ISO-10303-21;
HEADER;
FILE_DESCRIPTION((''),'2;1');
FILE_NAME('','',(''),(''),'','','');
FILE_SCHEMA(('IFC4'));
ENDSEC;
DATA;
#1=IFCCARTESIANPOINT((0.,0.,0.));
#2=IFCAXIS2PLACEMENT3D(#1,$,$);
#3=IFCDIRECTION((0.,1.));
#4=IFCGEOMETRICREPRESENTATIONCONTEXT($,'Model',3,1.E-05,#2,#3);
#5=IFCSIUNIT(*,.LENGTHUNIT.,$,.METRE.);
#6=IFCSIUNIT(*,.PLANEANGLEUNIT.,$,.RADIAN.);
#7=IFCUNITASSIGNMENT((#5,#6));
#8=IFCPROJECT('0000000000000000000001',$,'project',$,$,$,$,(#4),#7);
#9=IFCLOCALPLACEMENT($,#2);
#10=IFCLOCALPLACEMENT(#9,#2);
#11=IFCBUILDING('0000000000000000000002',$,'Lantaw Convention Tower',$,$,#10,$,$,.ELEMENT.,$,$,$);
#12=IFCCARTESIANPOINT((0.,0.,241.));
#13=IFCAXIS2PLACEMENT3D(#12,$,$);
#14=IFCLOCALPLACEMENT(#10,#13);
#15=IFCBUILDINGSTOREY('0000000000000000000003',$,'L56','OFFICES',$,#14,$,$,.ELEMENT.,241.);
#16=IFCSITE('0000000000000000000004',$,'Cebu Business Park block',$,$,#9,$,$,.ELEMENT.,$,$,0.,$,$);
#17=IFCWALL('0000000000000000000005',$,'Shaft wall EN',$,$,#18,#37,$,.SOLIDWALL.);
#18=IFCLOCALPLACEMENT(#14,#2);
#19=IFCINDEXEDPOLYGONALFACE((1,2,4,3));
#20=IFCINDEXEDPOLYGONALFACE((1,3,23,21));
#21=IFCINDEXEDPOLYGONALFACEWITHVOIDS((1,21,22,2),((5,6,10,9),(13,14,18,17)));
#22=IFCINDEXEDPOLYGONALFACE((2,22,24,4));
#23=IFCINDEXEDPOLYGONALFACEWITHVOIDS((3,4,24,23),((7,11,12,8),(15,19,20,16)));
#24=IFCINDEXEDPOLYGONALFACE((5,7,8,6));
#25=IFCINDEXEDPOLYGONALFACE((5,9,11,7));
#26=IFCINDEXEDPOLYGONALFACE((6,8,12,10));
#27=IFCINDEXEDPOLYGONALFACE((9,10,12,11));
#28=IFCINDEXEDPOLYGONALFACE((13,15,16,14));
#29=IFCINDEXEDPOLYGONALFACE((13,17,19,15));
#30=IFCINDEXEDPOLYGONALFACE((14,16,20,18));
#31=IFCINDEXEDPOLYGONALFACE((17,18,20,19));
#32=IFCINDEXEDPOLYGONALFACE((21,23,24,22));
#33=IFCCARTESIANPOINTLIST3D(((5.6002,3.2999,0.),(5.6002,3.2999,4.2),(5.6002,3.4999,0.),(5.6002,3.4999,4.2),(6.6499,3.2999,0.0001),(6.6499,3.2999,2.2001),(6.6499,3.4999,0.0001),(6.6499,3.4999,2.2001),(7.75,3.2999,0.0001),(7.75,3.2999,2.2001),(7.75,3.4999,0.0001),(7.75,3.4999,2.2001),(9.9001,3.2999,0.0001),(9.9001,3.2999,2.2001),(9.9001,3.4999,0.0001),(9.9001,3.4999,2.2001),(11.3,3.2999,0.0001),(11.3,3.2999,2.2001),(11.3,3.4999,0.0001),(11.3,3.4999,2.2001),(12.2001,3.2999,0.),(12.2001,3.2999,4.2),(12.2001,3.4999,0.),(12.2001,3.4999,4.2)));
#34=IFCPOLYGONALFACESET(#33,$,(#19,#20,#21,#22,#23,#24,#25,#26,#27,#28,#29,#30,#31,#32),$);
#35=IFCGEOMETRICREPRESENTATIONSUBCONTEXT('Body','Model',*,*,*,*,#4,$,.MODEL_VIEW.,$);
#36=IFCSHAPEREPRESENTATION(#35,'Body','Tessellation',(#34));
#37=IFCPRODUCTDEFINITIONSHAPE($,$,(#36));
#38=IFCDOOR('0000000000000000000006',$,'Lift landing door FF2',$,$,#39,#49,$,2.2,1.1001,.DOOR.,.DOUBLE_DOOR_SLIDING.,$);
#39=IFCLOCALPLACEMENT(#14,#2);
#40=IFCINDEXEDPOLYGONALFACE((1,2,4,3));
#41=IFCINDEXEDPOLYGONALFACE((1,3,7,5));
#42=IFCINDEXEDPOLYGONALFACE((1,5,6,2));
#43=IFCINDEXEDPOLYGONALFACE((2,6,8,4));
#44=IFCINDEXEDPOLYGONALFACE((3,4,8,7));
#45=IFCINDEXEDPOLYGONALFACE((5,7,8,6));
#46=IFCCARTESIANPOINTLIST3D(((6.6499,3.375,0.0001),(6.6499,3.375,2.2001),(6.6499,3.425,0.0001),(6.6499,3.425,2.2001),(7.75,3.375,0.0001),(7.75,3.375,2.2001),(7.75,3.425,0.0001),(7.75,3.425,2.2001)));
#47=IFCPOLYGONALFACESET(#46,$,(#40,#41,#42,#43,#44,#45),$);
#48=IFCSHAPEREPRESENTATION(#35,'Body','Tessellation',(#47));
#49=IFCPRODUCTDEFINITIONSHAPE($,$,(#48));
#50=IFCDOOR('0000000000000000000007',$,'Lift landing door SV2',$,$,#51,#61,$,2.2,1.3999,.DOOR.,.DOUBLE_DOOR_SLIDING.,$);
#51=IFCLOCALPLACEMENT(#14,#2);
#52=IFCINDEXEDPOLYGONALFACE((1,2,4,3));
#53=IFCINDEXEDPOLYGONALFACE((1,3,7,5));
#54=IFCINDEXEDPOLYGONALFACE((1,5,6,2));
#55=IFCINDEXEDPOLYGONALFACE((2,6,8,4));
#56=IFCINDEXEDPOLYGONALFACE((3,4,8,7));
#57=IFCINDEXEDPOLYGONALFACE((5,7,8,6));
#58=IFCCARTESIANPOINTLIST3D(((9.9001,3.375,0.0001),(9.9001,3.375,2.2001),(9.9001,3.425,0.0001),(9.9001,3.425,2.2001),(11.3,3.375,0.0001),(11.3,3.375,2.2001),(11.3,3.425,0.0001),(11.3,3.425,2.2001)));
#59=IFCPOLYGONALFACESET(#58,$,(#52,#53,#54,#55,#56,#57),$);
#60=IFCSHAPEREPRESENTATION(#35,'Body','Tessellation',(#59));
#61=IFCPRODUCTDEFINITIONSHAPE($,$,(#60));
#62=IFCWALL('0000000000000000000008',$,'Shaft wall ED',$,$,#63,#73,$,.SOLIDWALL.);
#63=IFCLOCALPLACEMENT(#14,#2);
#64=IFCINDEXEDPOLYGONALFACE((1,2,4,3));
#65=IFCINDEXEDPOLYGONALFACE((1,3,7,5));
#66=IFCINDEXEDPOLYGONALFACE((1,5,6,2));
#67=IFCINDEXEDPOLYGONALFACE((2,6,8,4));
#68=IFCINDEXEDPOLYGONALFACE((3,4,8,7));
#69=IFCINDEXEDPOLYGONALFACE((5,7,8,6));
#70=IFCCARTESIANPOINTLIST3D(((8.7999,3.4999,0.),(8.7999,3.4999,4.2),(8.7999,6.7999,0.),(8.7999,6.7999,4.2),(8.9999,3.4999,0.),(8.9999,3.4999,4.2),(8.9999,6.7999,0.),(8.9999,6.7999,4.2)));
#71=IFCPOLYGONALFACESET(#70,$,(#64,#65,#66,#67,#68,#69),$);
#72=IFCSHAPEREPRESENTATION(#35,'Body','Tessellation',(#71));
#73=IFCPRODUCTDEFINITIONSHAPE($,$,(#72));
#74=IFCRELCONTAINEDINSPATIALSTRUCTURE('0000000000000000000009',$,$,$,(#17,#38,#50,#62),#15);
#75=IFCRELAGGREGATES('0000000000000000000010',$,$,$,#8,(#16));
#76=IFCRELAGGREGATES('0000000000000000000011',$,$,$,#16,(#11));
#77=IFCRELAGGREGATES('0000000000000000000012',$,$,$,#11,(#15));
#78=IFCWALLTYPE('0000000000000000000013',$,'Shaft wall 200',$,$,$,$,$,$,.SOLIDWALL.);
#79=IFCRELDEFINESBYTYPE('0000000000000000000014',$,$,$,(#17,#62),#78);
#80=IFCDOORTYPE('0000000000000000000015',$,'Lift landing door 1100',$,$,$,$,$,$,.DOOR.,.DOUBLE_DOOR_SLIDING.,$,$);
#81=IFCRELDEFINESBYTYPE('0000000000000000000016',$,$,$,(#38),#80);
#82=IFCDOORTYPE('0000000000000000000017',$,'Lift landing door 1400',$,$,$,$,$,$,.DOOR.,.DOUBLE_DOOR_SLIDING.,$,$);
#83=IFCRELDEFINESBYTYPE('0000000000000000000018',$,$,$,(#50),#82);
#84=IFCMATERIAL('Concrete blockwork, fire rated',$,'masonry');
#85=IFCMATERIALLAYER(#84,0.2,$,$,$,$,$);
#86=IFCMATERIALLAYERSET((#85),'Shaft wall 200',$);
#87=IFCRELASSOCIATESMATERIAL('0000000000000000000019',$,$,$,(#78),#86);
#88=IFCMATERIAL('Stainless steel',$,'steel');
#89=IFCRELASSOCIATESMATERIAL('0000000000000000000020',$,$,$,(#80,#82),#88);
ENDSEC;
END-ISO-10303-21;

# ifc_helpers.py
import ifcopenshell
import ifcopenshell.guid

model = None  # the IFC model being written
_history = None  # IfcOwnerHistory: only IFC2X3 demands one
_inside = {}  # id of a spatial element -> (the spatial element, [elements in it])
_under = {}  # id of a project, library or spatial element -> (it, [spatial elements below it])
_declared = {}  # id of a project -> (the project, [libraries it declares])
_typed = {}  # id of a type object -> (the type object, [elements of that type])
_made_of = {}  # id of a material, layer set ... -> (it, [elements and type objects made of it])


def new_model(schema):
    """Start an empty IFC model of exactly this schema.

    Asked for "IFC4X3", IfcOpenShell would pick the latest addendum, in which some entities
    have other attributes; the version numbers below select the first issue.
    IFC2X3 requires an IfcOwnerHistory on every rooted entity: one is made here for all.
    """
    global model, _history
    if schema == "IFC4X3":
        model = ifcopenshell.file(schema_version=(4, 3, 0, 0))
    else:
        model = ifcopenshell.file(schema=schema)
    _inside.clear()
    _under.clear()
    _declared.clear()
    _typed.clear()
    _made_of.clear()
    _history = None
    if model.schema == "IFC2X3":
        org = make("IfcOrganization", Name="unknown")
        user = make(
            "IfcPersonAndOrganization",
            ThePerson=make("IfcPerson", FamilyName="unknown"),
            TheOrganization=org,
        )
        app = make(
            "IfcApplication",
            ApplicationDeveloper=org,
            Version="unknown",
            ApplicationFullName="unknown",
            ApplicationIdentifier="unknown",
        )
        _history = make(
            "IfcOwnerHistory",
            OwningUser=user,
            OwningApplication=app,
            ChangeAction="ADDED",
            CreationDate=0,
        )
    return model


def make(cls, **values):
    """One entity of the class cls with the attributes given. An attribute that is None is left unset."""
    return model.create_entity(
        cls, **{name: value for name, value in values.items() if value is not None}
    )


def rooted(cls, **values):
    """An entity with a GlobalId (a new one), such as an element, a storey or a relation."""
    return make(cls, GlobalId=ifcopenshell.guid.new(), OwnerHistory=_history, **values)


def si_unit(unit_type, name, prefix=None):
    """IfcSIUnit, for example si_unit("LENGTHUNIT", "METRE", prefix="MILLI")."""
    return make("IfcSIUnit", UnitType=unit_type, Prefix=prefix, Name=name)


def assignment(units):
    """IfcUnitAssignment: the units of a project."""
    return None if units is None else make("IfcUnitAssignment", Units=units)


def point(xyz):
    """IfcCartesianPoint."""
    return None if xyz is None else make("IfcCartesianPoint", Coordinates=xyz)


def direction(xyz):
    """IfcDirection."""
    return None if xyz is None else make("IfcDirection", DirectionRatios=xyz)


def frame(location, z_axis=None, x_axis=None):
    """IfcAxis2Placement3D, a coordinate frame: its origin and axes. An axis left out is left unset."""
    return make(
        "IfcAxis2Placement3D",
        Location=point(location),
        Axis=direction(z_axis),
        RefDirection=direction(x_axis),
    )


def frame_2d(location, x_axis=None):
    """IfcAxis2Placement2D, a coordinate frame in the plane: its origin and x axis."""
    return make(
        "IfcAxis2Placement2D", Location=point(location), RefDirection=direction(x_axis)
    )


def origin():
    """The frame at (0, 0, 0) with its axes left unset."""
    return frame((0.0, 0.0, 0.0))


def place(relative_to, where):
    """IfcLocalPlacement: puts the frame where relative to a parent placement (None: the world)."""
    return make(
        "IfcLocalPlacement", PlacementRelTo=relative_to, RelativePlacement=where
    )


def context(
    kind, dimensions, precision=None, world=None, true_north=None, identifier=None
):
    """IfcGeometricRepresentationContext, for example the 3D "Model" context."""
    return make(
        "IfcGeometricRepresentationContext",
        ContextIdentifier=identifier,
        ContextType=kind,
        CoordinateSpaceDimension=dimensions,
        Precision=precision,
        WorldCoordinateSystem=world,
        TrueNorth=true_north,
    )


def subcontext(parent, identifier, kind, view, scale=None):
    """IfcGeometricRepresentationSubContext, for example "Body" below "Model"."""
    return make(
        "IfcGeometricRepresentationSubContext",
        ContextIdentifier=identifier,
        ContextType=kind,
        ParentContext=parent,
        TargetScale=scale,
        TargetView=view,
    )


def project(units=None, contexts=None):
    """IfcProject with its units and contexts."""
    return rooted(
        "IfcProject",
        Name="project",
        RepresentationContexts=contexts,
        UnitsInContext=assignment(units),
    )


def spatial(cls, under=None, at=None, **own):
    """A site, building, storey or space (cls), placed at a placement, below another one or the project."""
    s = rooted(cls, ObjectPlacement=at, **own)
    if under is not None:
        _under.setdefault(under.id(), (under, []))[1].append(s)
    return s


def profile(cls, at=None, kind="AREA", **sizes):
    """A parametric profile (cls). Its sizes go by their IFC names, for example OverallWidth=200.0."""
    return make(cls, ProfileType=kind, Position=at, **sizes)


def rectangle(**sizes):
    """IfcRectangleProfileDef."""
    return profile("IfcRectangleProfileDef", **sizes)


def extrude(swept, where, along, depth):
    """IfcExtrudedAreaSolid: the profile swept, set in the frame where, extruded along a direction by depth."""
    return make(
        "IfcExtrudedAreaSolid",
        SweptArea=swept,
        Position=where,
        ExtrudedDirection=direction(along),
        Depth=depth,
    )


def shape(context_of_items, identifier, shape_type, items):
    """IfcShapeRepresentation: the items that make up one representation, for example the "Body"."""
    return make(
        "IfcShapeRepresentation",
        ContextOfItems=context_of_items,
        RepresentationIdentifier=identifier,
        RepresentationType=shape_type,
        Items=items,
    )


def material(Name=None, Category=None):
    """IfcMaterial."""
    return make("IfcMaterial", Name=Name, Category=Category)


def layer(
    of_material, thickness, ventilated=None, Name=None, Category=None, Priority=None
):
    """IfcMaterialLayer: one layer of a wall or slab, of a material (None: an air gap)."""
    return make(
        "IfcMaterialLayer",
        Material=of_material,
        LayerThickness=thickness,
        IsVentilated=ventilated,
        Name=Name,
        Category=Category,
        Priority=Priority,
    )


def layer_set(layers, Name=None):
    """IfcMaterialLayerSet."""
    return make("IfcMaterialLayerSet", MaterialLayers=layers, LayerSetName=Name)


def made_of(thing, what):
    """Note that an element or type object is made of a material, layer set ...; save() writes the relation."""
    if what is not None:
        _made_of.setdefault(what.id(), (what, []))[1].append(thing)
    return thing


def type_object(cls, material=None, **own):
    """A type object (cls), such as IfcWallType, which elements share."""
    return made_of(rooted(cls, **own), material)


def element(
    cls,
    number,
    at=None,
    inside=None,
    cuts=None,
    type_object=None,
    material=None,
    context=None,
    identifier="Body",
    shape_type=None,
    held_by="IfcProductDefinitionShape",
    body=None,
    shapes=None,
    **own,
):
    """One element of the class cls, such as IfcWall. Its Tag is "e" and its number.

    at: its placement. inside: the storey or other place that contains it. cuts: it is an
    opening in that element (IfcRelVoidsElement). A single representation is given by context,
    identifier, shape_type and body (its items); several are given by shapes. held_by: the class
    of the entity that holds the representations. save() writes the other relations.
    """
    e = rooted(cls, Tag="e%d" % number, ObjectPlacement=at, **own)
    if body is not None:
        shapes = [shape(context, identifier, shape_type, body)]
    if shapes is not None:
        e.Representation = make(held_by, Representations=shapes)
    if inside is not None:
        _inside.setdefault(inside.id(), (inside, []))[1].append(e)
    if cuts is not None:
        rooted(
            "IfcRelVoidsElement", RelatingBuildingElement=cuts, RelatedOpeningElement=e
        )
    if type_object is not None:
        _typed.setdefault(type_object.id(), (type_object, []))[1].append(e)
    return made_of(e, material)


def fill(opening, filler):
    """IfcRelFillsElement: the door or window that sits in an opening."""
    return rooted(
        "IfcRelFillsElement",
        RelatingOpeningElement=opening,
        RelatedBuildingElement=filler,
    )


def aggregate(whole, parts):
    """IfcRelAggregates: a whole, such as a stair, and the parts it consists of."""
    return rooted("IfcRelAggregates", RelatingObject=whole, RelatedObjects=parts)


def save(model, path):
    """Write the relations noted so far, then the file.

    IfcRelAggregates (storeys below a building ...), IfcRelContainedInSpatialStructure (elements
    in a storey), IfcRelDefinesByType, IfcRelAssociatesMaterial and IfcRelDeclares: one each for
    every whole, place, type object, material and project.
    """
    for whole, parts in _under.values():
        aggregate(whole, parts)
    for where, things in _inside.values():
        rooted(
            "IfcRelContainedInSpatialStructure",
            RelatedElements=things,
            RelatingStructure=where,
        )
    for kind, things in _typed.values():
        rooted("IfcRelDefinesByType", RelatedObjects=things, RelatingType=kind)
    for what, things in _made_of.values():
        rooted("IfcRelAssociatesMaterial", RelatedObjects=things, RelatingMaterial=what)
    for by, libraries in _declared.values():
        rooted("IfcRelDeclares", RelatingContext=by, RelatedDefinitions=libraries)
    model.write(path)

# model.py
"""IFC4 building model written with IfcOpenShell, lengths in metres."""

from ifc_helpers import new_model, si_unit, direction, frame, frame_2d, origin, place, context, subcontext, project, spatial, rectangle, extrude, material, layer, layer_set, type_object, element, fill, save


model = new_model("IFC4")

# Units and contexts
model_context = context("Model", 3, precision=1e-05, world=origin(), true_north=direction((0.0, 1.0)))
body_context = subcontext(model_context, "Body", "Model", "MODEL_VIEW")
ifc_project = project(units=[si_unit("LENGTHUNIT", "METRE"), si_unit("PLANEANGLEUNIT", "RADIAN")], contexts=[model_context])

# Site, building, storey
site_placement = place(None, origin())
site = spatial("IfcSite", under=ifc_project, at=site_placement, Name="Cebu Business Park block", CompositionType="ELEMENT", RefElevation=0.0)
building_placement = place(site_placement, origin())
building = spatial("IfcBuilding", under=site, at=building_placement, Name="Lantaw Convention Tower", CompositionType="ELEMENT")
storey_placement = place(building_placement, frame((0.0, 0.0, 241.0)))
storey = spatial("IfcBuildingStorey", under=building, at=storey_placement, Name="L56", Description="OFFICES", CompositionType="ELEMENT", Elevation=241.0)

# Wall, openings, doors
ifc_material_1 = material(Name="Concrete blockwork, fire rated", Category="masonry")
ifc_layer_1 = layer(ifc_material_1, 0.2)
ifc_layer_set_1 = layer_set([ifc_layer_1], Name="Shaft wall 200")
wall_type_1 = type_object("IfcWallType", Name="Shaft wall 200", PredefinedType="SOLIDWALL", material=ifc_layer_set_1)
wall_1_placement = place(storey_placement, frame((12.2, 3.3999, 0.0), z_axis=(0.0, 0.0, 1.0), x_axis=(-1.0, 0.0, 0.0)))
wall_1 = element("IfcWall", 1, at=wall_1_placement, inside=storey, type_object=wall_type_1, Name="Shaft wall EN", PredefinedType="SOLIDWALL", context=body_context, shape_type="SweptSolid", body=[
    extrude(rectangle(XDim=6.5999, YDim=0.2, at=frame_2d((3.2998, 0.0))), origin(), (0.0, 0.0, 1.0), 4.2),
])
opening_1_placement = place(wall_1_placement, frame((4.45, 0.0, 0.0)))
opening_1 = element("IfcOpeningElement", 2, at=opening_1_placement, cuts=wall_1, PredefinedType="OPENING", context=body_context, shape_type="SweptSolid", body=[
    extrude(rectangle(XDim=1.1001, YDim=2.2, at=frame_2d((0.55, 1.1001))), frame((0.0, 0.1099, 0.0), z_axis=(0.0, -1.0, 0.0), x_axis=(1.0, 0.0, 0.0)), (0.0, 0.0, 1.0), 0.22),
])
opening_2_placement = place(wall_1_placement, frame((0.8999, 0.0, 0.0)))
opening_2 = element("IfcOpeningElement", 3, at=opening_2_placement, cuts=wall_1, PredefinedType="OPENING", context=body_context, shape_type="SweptSolid", body=[
    extrude(rectangle(XDim=1.3999, YDim=2.2, at=frame_2d((0.7, 1.1001))), frame((0.0, 0.1099, 0.0), z_axis=(0.0, -1.0, 0.0), x_axis=(1.0, 0.0, 0.0)), (0.0, 0.0, 1.0), 0.22),
])
ifc_material_2 = material(Name="Stainless steel", Category="steel")
door_type_1 = type_object("IfcDoorType", Name="Lift landing door 1100", OperationType="DOUBLE_DOOR_SLIDING", PredefinedType="DOOR", material=ifc_material_2)
door_1_placement = place(opening_1_placement, origin())
door_1 = element("IfcDoor", 4, at=door_1_placement, inside=storey, type_object=door_type_1, Name="Lift landing door FF2", OperationType="DOUBLE_DOOR_SLIDING", OverallHeight=2.2, OverallWidth=1.1001, PredefinedType="DOOR", context=body_context, shape_type="SweptSolid", body=[
    extrude(rectangle(XDim=1.1001, YDim=2.2, at=frame_2d((0.55, 1.1001))), frame((0.0, 0.0249, 0.0), z_axis=(0.0, -1.0, 0.0), x_axis=(1.0, 0.0, 0.0)), (0.0, 0.0, 1.0), 0.05),
])
fill(opening_1, door_1)
door_type_2 = type_object("IfcDoorType", Name="Lift landing door 1400", OperationType="DOUBLE_DOOR_SLIDING", PredefinedType="DOOR", material=ifc_material_2)
door_2_placement = place(opening_2_placement, origin())
door_2 = element("IfcDoor", 5, at=door_2_placement, inside=storey, type_object=door_type_2, Name="Lift landing door SV2", OperationType="DOUBLE_DOOR_SLIDING", OverallHeight=2.2, OverallWidth=1.3999, PredefinedType="DOOR", context=body_context, shape_type="SweptSolid", body=[
    extrude(rectangle(XDim=1.3999, YDim=2.2, at=frame_2d((0.7, 1.1001))), frame((0.0, 0.0249, 0.0), z_axis=(0.0, -1.0, 0.0), x_axis=(1.0, 0.0, 0.0)), (0.0, 0.0, 1.0), 0.05),
])
fill(opening_2, door_2)

# Wall
wall_2_placement = place(storey_placement, frame((8.8999, 3.5, 0.0), z_axis=(0.0, 0.0, 1.0), x_axis=(0.0, 1.0, 0.0)))
element("IfcWall", 6, at=wall_2_placement, inside=storey, type_object=wall_type_1, Name="Shaft wall ED", PredefinedType="SOLIDWALL", context=body_context, shape_type="SweptSolid", body=[
    extrude(rectangle(XDim=3.3, YDim=0.2, at=frame_2d((1.6499, 0.0))), origin(), (0.0, 0.0, 1.0), 4.2),
])

save(model, "model.ifc")
